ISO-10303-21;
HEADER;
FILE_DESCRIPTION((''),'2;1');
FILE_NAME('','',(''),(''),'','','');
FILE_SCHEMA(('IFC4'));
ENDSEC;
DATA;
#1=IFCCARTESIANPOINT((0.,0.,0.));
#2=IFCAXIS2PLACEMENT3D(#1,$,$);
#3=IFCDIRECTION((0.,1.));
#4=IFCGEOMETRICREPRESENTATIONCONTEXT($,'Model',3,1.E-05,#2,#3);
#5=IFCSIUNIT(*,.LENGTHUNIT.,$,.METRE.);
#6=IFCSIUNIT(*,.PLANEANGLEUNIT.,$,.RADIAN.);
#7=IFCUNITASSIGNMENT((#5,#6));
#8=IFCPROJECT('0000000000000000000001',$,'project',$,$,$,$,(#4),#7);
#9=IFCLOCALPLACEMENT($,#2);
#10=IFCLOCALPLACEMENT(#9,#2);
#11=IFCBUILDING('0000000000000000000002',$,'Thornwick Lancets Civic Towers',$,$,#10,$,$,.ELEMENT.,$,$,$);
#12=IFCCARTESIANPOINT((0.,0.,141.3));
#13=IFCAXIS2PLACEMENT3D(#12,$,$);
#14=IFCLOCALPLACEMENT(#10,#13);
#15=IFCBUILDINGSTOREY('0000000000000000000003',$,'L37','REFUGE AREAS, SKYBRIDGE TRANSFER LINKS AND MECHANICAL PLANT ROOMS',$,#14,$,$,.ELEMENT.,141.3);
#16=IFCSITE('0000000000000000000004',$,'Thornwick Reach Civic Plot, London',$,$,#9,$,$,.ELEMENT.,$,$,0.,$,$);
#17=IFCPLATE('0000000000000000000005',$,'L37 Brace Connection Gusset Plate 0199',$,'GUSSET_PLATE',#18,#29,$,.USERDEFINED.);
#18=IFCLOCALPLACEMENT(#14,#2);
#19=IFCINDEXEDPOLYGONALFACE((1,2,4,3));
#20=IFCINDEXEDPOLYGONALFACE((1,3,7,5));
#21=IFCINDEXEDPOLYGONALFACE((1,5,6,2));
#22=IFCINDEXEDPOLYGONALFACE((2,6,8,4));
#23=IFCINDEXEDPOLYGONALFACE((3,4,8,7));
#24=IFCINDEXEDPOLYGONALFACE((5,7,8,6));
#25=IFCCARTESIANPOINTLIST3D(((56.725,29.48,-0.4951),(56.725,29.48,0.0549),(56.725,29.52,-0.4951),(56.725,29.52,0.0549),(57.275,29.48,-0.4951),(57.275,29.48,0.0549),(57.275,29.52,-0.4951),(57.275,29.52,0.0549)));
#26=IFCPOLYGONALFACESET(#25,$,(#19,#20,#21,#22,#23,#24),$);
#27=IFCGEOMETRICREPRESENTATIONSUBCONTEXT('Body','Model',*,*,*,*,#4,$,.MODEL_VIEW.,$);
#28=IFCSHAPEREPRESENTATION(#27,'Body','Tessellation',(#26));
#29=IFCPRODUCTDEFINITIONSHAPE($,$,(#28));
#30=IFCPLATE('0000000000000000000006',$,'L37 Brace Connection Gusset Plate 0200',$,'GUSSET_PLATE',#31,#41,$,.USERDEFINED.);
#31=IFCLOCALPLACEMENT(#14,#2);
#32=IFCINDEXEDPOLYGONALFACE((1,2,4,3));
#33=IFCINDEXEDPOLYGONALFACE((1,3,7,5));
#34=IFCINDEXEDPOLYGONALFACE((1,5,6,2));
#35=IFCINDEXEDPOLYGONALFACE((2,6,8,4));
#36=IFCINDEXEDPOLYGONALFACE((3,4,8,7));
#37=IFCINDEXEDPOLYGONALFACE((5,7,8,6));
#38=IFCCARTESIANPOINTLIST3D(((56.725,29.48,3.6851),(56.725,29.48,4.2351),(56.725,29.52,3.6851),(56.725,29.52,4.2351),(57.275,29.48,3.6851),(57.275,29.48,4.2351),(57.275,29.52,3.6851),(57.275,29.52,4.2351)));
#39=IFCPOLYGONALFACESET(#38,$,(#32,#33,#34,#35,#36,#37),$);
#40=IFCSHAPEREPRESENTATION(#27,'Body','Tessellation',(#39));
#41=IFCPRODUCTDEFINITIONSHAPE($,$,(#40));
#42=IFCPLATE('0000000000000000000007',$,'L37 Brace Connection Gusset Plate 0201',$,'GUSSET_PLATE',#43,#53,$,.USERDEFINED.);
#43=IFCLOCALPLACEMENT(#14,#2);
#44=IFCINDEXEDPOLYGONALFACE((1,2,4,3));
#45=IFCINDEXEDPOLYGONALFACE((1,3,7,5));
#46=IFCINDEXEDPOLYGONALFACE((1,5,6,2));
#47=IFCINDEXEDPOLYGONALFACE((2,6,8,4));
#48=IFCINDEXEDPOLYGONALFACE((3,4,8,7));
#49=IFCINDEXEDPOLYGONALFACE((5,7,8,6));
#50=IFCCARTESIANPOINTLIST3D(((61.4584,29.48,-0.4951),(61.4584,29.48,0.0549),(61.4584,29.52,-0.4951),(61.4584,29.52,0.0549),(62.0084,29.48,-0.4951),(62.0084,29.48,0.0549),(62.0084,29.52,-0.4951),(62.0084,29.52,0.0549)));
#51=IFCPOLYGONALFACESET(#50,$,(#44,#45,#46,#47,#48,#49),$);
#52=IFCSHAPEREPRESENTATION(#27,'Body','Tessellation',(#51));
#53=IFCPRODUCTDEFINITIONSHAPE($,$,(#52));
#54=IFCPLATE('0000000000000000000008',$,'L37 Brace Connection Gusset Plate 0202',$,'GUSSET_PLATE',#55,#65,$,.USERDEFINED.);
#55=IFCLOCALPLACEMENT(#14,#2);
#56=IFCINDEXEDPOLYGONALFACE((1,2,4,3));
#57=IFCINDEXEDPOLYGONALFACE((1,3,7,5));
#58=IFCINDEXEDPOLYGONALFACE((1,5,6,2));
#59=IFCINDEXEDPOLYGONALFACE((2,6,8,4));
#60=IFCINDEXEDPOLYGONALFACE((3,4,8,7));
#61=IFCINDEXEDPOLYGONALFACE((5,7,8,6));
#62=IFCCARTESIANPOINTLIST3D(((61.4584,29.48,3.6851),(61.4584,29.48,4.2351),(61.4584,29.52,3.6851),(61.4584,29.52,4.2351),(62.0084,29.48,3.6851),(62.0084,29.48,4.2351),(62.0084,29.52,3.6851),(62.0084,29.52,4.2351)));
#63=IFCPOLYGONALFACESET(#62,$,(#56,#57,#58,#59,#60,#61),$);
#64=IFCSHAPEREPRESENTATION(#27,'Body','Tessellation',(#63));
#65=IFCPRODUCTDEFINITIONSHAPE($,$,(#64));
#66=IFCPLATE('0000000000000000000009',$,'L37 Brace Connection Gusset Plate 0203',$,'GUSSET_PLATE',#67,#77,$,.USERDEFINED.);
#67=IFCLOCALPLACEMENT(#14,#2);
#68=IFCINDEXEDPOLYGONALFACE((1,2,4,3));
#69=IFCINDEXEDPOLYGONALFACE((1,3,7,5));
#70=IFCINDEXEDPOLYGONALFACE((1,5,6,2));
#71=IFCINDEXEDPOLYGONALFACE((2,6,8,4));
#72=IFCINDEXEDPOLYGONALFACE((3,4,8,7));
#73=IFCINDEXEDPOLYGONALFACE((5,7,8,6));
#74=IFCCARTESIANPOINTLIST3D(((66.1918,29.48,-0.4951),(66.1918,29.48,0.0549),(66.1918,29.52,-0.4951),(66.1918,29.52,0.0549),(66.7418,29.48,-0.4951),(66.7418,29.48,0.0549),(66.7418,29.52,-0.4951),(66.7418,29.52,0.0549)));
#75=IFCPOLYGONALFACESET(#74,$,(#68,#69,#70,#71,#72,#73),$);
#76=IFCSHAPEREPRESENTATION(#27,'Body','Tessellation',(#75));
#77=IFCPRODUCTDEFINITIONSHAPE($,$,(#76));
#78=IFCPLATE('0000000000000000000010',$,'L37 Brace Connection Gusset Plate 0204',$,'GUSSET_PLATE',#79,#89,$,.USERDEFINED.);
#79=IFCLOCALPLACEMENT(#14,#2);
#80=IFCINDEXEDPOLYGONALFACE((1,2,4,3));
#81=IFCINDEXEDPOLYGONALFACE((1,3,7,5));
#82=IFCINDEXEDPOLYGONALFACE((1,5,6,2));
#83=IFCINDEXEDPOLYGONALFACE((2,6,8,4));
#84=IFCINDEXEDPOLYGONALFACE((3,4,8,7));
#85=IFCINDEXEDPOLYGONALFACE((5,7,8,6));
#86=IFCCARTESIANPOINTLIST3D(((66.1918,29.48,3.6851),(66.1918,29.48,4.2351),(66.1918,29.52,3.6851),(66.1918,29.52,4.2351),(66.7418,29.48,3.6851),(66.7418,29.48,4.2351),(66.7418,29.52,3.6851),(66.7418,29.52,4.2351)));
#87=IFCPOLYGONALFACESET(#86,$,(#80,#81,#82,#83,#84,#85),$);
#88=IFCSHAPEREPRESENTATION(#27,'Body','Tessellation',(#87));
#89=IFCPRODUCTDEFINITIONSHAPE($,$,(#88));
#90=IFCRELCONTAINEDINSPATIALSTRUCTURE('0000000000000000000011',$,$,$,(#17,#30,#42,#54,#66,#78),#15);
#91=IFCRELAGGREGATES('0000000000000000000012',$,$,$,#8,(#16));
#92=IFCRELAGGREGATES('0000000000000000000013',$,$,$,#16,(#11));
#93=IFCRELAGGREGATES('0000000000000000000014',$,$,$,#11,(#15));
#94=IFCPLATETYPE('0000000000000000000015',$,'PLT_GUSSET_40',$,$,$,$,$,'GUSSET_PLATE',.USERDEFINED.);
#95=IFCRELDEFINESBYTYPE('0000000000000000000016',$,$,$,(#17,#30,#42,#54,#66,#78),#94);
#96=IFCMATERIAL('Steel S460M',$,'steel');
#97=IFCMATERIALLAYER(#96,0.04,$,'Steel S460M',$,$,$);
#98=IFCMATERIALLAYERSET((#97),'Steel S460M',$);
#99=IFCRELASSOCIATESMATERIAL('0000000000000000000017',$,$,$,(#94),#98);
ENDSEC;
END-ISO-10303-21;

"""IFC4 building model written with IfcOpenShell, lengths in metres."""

from ifc_helpers import new_model, si_unit, direction, frame, origin, origin_2d, place, context, subcontext, project, spatial, rectangle, extrude, material, layer, layer_set, type_object, element, save


model = new_model("IFC4")

# Units and contexts
model_context = context("Model", 3, precision=1e-05, world=origin(), true_north=direction((0.0, 1.0)))
body_context = subcontext(model_context, "Body", "Model", "MODEL_VIEW")
ifc_project = project(units=[si_unit("LENGTHUNIT", "METRE"), si_unit("PLANEANGLEUNIT", "RADIAN")], contexts=[model_context])

# Site, building, storey
site_placement = place(None, origin())
site = spatial("IfcSite", under=ifc_project, at=site_placement, Name="Thornwick Reach Civic Plot, London", CompositionType="ELEMENT", RefElevation=0.0)
building_placement = place(site_placement, origin())
building = spatial("IfcBuilding", under=site, at=building_placement, Name="Thornwick Lancets Civic Towers", CompositionType="ELEMENT")
storey_placement = place(building_placement, frame((0.0, 0.0, 141.3)))
storey = spatial("IfcBuildingStorey", under=building, at=storey_placement, Name="L37", Description="REFUGE AREAS, SKYBRIDGE TRANSFER LINKS AND MECHANICAL PLANT ROOMS", CompositionType="ELEMENT", Elevation=141.3)

# Shared definitions
ifc_material_1 = material(Name="Steel S460M", Category="steel")

# Plates
ifc_layer_1 = layer(ifc_material_1, 0.04, Name="Steel S460M")
ifc_layer_set_1 = layer_set([ifc_layer_1], Name="Steel S460M")
plate_type_1 = type_object("IfcPlateType", Name="PLT_GUSSET_40", ElementType="GUSSET_PLATE", PredefinedType="USERDEFINED", material=ifc_layer_set_1)
for number, where, z_axis, x_axis, name in (
    (1, (57.0, 29.5, -0.4951), (0.0, 0.0, 1.0), (1.0, 0.0, 0.0), "L37 Brace Connection Gusset Plate 0199"),
    (2, (57.0, 29.5, 3.6851), (0.0, 0.0, 1.0), (1.0, 0.0, 0.0), "L37 Brace Connection Gusset Plate 0200"),
    (3, (61.7334, 29.5, -0.4951), (0.0, 0.0, 1.0), (1.0, 0.0, 0.0), "L37 Brace Connection Gusset Plate 0201"),
    (4, (61.7334, 29.5, 3.6851), (0.0, 0.0, 1.0), (1.0, 0.0, 0.0), "L37 Brace Connection Gusset Plate 0202"),
    (5, (66.4668, 29.5, -0.4951), (0.0, 0.0, 1.0), (1.0, 0.0, 0.0), "L37 Brace Connection Gusset Plate 0203"),
    (6, (66.4668, 29.5, 3.6851), (0.0, 0.0, 1.0), (1.0, 0.0, 0.0), "L37 Brace Connection Gusset Plate 0204"),
):
    element("IfcPlate", number, at=place(storey_placement, frame(where, z_axis=z_axis, x_axis=x_axis)), inside=storey, type_object=plate_type_1, Name=name, ObjectType="GUSSET_PLATE", PredefinedType="USERDEFINED", context=body_context, shape_type="SweptSolid", body=[
        extrude(rectangle(XDim=0.55, YDim=0.04, at=origin_2d()), origin(), (0.0, 0.0, 1.0), 0.55),
    ])

save(model, "model.ifc")
